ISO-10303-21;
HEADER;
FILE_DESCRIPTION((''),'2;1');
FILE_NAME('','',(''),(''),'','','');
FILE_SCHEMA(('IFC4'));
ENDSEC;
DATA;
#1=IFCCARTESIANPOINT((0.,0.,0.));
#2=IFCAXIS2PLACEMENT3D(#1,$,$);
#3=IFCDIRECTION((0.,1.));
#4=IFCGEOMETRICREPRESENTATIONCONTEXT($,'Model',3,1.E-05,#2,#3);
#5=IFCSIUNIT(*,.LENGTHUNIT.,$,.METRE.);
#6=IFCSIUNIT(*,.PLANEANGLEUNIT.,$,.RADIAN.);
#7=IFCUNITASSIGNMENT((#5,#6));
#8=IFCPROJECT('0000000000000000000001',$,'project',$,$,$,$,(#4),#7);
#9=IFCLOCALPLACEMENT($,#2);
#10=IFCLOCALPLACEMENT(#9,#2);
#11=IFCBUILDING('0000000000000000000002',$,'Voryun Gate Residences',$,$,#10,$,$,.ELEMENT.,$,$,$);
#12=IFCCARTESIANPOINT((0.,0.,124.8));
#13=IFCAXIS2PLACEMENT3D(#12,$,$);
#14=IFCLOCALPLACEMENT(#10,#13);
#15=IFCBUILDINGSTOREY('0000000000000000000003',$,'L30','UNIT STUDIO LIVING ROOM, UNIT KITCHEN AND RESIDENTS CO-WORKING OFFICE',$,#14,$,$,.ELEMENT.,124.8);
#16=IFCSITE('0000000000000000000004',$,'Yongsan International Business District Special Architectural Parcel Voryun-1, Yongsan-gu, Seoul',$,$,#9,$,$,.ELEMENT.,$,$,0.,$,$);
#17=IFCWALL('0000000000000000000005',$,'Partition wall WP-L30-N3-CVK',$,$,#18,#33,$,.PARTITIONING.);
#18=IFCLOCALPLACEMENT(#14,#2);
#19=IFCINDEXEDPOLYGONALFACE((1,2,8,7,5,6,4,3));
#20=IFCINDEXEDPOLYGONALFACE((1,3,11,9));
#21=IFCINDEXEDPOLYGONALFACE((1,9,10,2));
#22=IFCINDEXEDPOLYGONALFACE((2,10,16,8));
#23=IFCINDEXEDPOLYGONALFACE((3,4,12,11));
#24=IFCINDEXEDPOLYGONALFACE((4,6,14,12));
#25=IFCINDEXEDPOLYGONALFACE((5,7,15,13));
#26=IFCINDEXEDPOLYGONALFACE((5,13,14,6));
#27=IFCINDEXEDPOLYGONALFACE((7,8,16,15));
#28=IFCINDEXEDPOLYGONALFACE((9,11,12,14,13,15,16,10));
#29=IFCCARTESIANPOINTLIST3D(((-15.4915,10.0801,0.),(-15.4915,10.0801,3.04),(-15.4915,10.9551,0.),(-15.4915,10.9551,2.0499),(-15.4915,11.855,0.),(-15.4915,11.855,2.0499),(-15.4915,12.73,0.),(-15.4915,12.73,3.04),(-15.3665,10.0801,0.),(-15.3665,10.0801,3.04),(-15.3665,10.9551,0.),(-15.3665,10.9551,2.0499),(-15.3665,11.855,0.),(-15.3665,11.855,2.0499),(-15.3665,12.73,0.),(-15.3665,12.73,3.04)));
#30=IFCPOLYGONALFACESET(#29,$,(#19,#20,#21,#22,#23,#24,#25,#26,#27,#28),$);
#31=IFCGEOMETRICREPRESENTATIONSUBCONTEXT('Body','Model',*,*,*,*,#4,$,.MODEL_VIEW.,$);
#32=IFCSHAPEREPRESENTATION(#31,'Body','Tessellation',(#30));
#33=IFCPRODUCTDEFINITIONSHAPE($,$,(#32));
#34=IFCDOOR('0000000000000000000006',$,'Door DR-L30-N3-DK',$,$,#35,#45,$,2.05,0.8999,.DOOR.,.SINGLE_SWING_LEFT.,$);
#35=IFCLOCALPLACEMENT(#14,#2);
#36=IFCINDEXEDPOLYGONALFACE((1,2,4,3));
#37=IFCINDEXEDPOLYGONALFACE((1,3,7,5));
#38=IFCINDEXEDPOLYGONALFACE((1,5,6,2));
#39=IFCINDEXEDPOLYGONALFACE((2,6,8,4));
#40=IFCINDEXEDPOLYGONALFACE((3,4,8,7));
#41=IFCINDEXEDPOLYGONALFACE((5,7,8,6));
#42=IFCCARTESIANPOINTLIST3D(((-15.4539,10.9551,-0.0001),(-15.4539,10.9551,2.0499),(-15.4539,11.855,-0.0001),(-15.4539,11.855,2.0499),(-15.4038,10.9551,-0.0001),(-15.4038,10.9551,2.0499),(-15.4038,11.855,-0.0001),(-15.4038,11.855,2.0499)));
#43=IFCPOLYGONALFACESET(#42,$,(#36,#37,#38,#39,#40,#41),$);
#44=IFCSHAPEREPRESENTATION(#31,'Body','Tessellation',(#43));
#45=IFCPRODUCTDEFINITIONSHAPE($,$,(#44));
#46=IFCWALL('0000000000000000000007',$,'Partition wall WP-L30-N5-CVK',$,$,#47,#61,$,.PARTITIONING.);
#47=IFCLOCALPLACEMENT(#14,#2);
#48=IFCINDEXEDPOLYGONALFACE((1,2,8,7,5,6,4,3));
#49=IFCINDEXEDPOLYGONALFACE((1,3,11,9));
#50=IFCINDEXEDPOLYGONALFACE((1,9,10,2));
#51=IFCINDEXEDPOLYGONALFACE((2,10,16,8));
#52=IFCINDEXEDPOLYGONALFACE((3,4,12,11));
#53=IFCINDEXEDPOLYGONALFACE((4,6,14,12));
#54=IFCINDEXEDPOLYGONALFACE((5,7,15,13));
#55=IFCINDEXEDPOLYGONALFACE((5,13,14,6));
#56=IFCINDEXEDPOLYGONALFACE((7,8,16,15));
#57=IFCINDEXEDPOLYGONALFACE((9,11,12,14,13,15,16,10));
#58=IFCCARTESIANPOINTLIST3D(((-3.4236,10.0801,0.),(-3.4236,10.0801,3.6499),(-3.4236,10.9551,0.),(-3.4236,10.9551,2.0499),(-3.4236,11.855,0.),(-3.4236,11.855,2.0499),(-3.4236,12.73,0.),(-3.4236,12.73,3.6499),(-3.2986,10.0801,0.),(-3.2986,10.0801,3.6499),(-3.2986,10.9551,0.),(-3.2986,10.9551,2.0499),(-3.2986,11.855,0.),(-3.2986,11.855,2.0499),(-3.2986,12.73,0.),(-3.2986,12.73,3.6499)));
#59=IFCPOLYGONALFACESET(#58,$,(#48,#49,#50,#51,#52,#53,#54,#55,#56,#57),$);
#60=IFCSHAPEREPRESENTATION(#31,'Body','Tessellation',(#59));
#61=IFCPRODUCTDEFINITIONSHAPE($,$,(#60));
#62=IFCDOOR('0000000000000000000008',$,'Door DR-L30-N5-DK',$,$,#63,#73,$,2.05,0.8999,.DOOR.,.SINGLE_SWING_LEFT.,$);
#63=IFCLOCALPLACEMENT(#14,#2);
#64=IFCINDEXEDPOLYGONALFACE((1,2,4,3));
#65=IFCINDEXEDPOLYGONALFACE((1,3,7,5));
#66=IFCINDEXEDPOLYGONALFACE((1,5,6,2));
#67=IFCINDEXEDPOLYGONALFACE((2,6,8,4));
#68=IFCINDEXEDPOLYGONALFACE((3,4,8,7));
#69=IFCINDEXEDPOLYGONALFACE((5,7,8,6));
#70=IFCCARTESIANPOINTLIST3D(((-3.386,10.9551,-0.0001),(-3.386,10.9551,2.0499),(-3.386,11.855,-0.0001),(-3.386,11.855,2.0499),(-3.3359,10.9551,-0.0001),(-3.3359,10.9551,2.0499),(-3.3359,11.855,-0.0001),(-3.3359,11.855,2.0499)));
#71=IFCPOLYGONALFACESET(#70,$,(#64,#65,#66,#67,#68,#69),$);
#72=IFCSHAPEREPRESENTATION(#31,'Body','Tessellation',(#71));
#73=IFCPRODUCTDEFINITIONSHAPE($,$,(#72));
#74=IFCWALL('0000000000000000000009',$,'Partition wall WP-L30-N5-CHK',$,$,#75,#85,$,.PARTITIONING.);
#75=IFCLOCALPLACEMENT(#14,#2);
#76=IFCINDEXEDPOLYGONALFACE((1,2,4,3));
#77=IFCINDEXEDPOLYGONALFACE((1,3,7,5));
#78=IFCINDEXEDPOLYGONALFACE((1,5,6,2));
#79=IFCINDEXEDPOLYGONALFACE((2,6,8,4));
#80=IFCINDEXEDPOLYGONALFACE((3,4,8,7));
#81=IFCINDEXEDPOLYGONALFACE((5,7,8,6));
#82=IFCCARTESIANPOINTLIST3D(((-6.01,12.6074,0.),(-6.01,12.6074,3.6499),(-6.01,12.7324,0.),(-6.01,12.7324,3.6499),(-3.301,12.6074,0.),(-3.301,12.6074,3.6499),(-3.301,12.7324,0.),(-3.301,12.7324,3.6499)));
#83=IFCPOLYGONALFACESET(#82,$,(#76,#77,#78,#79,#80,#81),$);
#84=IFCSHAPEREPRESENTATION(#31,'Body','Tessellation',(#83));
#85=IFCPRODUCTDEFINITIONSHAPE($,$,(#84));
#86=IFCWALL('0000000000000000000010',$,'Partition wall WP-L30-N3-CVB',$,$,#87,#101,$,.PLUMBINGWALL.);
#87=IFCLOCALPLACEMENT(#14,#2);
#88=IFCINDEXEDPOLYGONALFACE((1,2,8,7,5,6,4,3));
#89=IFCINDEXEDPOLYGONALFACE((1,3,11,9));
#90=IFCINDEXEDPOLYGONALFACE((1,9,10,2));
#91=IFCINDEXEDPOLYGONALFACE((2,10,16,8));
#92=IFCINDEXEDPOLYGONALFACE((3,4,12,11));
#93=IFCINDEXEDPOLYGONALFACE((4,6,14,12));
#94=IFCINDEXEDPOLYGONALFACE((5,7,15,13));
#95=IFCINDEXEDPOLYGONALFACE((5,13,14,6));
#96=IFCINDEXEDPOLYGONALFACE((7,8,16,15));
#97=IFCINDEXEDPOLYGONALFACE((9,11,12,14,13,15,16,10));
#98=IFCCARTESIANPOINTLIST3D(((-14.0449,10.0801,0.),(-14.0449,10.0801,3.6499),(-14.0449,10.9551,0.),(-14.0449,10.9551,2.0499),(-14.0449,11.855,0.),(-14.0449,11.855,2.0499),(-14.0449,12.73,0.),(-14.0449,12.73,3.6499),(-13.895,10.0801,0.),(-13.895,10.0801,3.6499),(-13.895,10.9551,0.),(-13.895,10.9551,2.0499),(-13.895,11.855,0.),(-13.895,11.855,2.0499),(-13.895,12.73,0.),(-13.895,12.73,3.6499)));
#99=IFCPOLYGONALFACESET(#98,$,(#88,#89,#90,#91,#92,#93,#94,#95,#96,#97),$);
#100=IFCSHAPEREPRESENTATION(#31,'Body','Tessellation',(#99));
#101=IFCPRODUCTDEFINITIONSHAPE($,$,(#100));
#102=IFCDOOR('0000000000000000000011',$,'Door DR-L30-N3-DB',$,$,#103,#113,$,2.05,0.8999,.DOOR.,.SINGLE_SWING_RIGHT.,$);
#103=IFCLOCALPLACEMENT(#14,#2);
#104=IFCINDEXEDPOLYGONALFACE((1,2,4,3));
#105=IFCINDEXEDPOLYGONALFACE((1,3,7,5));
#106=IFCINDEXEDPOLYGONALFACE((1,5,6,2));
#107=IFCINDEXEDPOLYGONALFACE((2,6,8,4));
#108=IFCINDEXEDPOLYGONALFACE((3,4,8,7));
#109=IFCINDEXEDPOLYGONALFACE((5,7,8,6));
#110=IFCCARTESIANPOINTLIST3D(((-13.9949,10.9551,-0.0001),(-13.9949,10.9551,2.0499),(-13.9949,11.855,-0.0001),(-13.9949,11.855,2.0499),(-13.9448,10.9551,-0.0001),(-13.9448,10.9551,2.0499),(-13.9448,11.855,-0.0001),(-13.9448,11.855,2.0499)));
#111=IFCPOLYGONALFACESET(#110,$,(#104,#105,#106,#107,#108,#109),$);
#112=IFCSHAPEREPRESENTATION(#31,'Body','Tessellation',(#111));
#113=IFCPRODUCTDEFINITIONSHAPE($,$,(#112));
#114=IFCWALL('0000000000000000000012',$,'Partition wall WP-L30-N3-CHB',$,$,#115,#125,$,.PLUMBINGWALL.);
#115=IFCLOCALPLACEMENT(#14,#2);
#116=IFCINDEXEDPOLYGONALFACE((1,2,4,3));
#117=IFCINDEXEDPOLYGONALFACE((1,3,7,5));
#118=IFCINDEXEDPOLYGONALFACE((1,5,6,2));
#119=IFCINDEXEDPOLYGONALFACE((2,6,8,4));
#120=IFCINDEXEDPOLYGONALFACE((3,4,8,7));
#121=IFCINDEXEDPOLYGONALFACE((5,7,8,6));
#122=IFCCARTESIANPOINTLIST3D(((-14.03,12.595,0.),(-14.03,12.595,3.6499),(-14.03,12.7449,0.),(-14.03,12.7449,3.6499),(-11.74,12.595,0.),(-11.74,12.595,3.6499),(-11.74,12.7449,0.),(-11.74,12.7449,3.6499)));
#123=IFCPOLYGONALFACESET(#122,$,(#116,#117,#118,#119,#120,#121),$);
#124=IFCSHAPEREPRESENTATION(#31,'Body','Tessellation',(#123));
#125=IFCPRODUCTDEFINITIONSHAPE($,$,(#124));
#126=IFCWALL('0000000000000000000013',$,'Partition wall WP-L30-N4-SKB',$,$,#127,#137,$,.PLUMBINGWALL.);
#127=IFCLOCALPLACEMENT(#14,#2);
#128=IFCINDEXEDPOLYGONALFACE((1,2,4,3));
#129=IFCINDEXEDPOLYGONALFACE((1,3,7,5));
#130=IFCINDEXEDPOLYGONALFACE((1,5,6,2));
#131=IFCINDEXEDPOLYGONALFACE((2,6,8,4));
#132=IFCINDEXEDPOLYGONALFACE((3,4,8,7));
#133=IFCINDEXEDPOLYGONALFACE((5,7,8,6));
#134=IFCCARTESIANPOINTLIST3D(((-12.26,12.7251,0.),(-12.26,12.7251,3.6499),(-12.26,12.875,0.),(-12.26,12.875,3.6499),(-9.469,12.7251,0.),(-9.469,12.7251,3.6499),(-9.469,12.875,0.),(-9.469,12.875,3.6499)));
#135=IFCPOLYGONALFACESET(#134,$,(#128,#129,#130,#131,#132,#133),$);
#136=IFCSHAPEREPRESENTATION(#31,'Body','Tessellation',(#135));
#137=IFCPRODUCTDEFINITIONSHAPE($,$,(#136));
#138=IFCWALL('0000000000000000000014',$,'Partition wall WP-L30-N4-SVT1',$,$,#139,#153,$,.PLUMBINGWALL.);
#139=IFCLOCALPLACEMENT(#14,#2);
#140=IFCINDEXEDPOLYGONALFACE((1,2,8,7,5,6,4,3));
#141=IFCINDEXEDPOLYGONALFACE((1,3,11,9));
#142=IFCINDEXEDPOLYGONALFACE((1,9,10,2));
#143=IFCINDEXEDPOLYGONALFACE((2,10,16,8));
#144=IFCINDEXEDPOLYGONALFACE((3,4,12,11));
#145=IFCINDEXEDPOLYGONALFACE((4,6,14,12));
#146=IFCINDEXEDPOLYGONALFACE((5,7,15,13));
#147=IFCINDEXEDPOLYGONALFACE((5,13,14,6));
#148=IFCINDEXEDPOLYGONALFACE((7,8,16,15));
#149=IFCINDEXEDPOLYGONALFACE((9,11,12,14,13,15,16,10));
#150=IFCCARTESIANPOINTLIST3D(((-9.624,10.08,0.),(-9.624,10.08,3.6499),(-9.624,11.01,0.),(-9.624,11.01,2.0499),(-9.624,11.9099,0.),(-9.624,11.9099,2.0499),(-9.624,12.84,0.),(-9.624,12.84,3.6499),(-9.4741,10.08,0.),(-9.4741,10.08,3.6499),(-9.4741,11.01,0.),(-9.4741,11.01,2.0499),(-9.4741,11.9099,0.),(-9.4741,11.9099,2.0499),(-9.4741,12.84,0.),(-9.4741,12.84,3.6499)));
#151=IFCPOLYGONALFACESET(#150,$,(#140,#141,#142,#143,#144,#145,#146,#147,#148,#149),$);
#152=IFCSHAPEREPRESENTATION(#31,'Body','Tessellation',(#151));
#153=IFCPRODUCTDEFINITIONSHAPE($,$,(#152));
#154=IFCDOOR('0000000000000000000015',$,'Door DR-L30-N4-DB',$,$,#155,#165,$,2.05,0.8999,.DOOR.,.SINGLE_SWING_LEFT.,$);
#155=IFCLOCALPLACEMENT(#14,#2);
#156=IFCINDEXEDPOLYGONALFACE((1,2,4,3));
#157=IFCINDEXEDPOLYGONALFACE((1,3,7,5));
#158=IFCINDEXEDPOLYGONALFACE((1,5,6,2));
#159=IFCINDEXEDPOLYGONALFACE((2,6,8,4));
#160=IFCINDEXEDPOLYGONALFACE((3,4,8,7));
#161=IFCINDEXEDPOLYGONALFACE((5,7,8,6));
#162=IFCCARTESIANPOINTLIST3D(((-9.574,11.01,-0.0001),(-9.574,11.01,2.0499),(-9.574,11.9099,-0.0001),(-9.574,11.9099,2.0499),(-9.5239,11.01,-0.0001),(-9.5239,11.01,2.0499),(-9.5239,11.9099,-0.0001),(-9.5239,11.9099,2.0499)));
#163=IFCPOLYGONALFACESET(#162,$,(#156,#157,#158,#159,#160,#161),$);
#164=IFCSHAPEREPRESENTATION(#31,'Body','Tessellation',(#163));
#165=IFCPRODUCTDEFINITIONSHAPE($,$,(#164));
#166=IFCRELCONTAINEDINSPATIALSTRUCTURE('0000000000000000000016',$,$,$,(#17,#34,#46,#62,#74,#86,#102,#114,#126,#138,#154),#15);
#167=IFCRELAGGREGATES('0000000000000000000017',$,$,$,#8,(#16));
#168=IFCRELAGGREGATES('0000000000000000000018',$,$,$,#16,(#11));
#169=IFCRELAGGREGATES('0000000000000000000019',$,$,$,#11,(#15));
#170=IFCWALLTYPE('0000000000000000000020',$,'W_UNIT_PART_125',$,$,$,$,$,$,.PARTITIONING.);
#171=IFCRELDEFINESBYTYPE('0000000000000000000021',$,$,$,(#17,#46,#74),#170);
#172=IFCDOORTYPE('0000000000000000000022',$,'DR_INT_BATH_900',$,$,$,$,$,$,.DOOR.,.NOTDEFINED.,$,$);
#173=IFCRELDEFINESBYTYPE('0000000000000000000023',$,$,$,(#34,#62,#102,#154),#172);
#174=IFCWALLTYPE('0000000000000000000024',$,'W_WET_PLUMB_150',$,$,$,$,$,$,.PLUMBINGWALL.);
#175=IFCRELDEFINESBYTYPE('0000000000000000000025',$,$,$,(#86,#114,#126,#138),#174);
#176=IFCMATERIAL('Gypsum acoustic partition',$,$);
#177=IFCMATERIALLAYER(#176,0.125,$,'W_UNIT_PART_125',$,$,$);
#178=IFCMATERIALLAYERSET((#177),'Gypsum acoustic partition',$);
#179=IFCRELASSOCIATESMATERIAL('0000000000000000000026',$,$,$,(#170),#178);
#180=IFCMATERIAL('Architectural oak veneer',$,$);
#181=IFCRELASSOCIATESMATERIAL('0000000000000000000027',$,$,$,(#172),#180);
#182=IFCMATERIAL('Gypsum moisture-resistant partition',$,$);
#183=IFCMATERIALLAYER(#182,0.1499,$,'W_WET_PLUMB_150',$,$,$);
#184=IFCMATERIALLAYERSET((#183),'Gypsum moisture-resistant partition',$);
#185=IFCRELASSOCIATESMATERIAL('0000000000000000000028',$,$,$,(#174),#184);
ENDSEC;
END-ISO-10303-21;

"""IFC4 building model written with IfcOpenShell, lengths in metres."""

from ifc_helpers import new_model, si_unit, direction, frame, frame_2d, origin, place, context, subcontext, project, spatial, rectangle, extrude, material, layer, layer_set, type_object, element, fill, save


model = new_model("IFC4")

# Units and contexts
model_context = context("Model", 3, precision=1e-05, world=origin(), true_north=direction((0.0, 1.0)))
body_context = subcontext(model_context, "Body", "Model", "MODEL_VIEW")
ifc_project = project(units=[si_unit("LENGTHUNIT", "METRE"), si_unit("PLANEANGLEUNIT", "RADIAN")], contexts=[model_context])

# Site, building, storey
site_placement = place(None, origin())
site = spatial("IfcSite", under=ifc_project, at=site_placement, Name="Yongsan International Business District Special Architectural Parcel Voryun-1, Yongsan-gu, Seoul", CompositionType="ELEMENT", RefElevation=0.0)
building_placement = place(site_placement, origin())
building = spatial("IfcBuilding", under=site, at=building_placement, Name="Voryun Gate Residences", CompositionType="ELEMENT")
storey_placement = place(building_placement, frame((0.0, 0.0, 124.8)))
storey = spatial("IfcBuildingStorey", under=building, at=storey_placement, Name="L30", Description="UNIT STUDIO LIVING ROOM, UNIT KITCHEN AND RESIDENTS CO-WORKING OFFICE", CompositionType="ELEMENT", Elevation=124.8)

# Walls, openings, doors
ifc_material_1 = material(Name="Gypsum acoustic partition")
ifc_layer_1 = layer(ifc_material_1, 0.125, Name="W_UNIT_PART_125")
ifc_layer_set_1 = layer_set([ifc_layer_1], Name="Gypsum acoustic partition")
wall_type_1 = type_object("IfcWallType", Name="W_UNIT_PART_125", PredefinedType="PARTITIONING", material=ifc_layer_set_1)
wall_1_placement = place(storey_placement, frame((-15.429, 10.0801, 0.0), z_axis=(0.0, 0.0, 1.0), x_axis=(0.0, 1.0, 0.0)))
wall_1 = element("IfcWall", 1, at=wall_1_placement, inside=storey, type_object=wall_type_1, Name="Partition wall WP-L30-N3-CVK", PredefinedType="PARTITIONING", context=body_context, shape_type="SweptSolid", body=[
    extrude(rectangle(XDim=2.6499, YDim=0.125, at=frame_2d((1.325, 0.0))), origin(), (0.0, 0.0, 1.0), 3.04),
])
opening_1_placement = place(wall_1_placement, frame((0.875, 0.0, 0.0)))
opening_1 = element("IfcOpeningElement", 2, at=opening_1_placement, cuts=wall_1, PredefinedType="OPENING", context=body_context, shape_type="SweptSolid", body=[
    extrude(rectangle(XDim=0.8999, YDim=2.05, at=frame_2d((0.45, 1.0249))), frame((0.0, 0.0725, 0.0), z_axis=(0.0, -1.0, 0.0), x_axis=(1.0, 0.0, 0.0)), (0.0, 0.0, 1.0), 0.145),
])
ifc_material_2 = material(Name="Architectural oak veneer")
door_type_1 = type_object("IfcDoorType", Name="DR_INT_BATH_900", OperationType="NOTDEFINED", PredefinedType="DOOR", material=ifc_material_2)
door_1_placement = place(opening_1_placement, origin())
door_1 = element("IfcDoor", 3, at=door_1_placement, inside=storey, type_object=door_type_1, Name="Door DR-L30-N3-DK", OperationType="SINGLE_SWING_LEFT", OverallHeight=2.05, OverallWidth=0.8999, PredefinedType="DOOR", context=body_context, shape_type="SweptSolid", body=[
    extrude(rectangle(XDim=0.8999, YDim=2.05, at=frame_2d((0.45, 1.0249))), frame((0.0, 0.0249, 0.0), z_axis=(0.0, -1.0, 0.0), x_axis=(1.0, 0.0, 0.0)), (0.0, 0.0, 1.0), 0.05),
])
fill(opening_1, door_1)
wall_2_placement = place(storey_placement, frame((-3.3611, 10.0801, 0.0), z_axis=(0.0, 0.0, 1.0), x_axis=(0.0, 1.0, 0.0)))
wall_2 = element("IfcWall", 4, at=wall_2_placement, inside=storey, type_object=wall_type_1, Name="Partition wall WP-L30-N5-CVK", PredefinedType="PARTITIONING", context=body_context, shape_type="SweptSolid", body=[
    extrude(rectangle(XDim=2.6499, YDim=0.125, at=frame_2d((1.325, 0.0))), origin(), (0.0, 0.0, 1.0), 3.6499),
])
opening_2_placement = place(wall_2_placement, frame((0.875, 0.0, 0.0)))
opening_2 = element("IfcOpeningElement", 5, at=opening_2_placement, cuts=wall_2, PredefinedType="OPENING", context=body_context, shape_type="SweptSolid", body=[
    extrude(rectangle(XDim=0.8999, YDim=2.05, at=frame_2d((0.45, 1.0249))), frame((0.0, 0.0725, 0.0), z_axis=(0.0, -1.0, 0.0), x_axis=(1.0, 0.0, 0.0)), (0.0, 0.0, 1.0), 0.145),
])
door_2_placement = place(opening_2_placement, origin())
door_2 = element("IfcDoor", 6, at=door_2_placement, inside=storey, type_object=door_type_1, Name="Door DR-L30-N5-DK", OperationType="SINGLE_SWING_LEFT", OverallHeight=2.05, OverallWidth=0.8999, PredefinedType="DOOR", context=body_context, shape_type="SweptSolid", body=[
    extrude(rectangle(XDim=0.8999, YDim=2.05, at=frame_2d((0.45, 1.0249))), frame((0.0, 0.0249, 0.0), z_axis=(0.0, -1.0, 0.0), x_axis=(1.0, 0.0, 0.0)), (0.0, 0.0, 1.0), 0.05),
])
fill(opening_2, door_2)

# Wall
wall_3_placement = place(storey_placement, frame((-6.01, 12.6699, 0.0), z_axis=(0.0, 0.0, 1.0), x_axis=(1.0, 0.0, 0.0)))
element("IfcWall", 7, at=wall_3_placement, inside=storey, type_object=wall_type_1, Name="Partition wall WP-L30-N5-CHK", PredefinedType="PARTITIONING", context=body_context, shape_type="SweptSolid", body=[
    extrude(rectangle(XDim=2.709, YDim=0.125, at=frame_2d((1.3545, 0.0))), origin(), (0.0, 0.0, 1.0), 3.6499),
])

# Wall, opening, door
ifc_material_3 = material(Name="Gypsum moisture-resistant partition")
ifc_layer_2 = layer(ifc_material_3, 0.1499, Name="W_WET_PLUMB_150")
ifc_layer_set_2 = layer_set([ifc_layer_2], Name="Gypsum moisture-resistant partition")
wall_type_2 = type_object("IfcWallType", Name="W_WET_PLUMB_150", PredefinedType="PLUMBINGWALL", material=ifc_layer_set_2)
wall_4_placement = place(storey_placement, frame((-13.97, 10.0801, 0.0), z_axis=(0.0, 0.0, 1.0), x_axis=(0.0, 1.0, 0.0)))
wall_4 = element("IfcWall", 8, at=wall_4_placement, inside=storey, type_object=wall_type_2, Name="Partition wall WP-L30-N3-CVB", PredefinedType="PLUMBINGWALL", context=body_context, shape_type="SweptSolid", body=[
    extrude(rectangle(XDim=2.6499, YDim=0.1499, at=frame_2d((1.325, 0.0))), origin(), (0.0, 0.0, 1.0), 3.6499),
])
opening_3_placement = place(wall_4_placement, frame((0.875, 0.0, 0.0)))
opening_3 = element("IfcOpeningElement", 9, at=opening_3_placement, cuts=wall_4, PredefinedType="OPENING", context=body_context, shape_type="SweptSolid", body=[
    extrude(rectangle(XDim=0.8999, YDim=2.05, at=frame_2d((0.45, 1.0249))), frame((0.0, 0.085, 0.0), z_axis=(0.0, -1.0, 0.0), x_axis=(1.0, 0.0, 0.0)), (0.0, 0.0, 1.0), 0.1699),
])
door_3_placement = place(opening_3_placement, origin())
door_3 = element("IfcDoor", 10, at=door_3_placement, inside=storey, type_object=door_type_1, Name="Door DR-L30-N3-DB", OperationType="SINGLE_SWING_RIGHT", OverallHeight=2.05, OverallWidth=0.8999, PredefinedType="DOOR", context=body_context, shape_type="SweptSolid", body=[
    extrude(rectangle(XDim=0.8999, YDim=2.05, at=frame_2d((0.45, 1.0249))), frame((0.0, 0.0249, 0.0), z_axis=(0.0, -1.0, 0.0), x_axis=(1.0, 0.0, 0.0)), (0.0, 0.0, 1.0), 0.05),
])
fill(opening_3, door_3)

# Walls
wall_5_placement = place(storey_placement, frame((-14.03, 12.6699, 0.0), z_axis=(0.0, 0.0, 1.0), x_axis=(1.0, 0.0, 0.0)))
element("IfcWall", 11, at=wall_5_placement, inside=storey, type_object=wall_type_2, Name="Partition wall WP-L30-N3-CHB", PredefinedType="PLUMBINGWALL", context=body_context, shape_type="SweptSolid", body=[
    extrude(rectangle(XDim=2.29, YDim=0.1499, at=frame_2d((1.145, 0.0))), origin(), (0.0, 0.0, 1.0), 3.6499),
])
wall_6_placement = place(storey_placement, frame((-12.26, 12.8, 0.0), z_axis=(0.0, 0.0, 1.0), x_axis=(1.0, 0.0, 0.0)))
element("IfcWall", 12, at=wall_6_placement, inside=storey, type_object=wall_type_2, Name="Partition wall WP-L30-N4-SKB", PredefinedType="PLUMBINGWALL", context=body_context, shape_type="SweptSolid", body=[
    extrude(rectangle(XDim=2.791, YDim=0.1499, at=frame_2d((1.3955, 0.0))), origin(), (0.0, 0.0, 1.0), 3.6499),
])

# Wall, opening, door
wall_7_placement = place(storey_placement, frame((-9.5491, 10.0801, 0.0), z_axis=(0.0, 0.0, 1.0), x_axis=(0.0, 1.0, 0.0)))
wall_7 = element("IfcWall", 13, at=wall_7_placement, inside=storey, type_object=wall_type_2, Name="Partition wall WP-L30-N4-SVT1", PredefinedType="PLUMBINGWALL", context=body_context, shape_type="SweptSolid", body=[
    extrude(rectangle(XDim=2.76, YDim=0.1499, at=frame_2d((1.3799, 0.0))), origin(), (0.0, 0.0, 1.0), 3.6499),
])
opening_4_placement = place(wall_7_placement, frame((0.9299, 0.0, 0.0)))
opening_4 = element("IfcOpeningElement", 14, at=opening_4_placement, cuts=wall_7, PredefinedType="OPENING", context=body_context, shape_type="SweptSolid", body=[
    extrude(rectangle(XDim=0.8999, YDim=2.05, at=frame_2d((0.45, 1.0249))), frame((0.0, 0.085, 0.0), z_axis=(0.0, -1.0, 0.0), x_axis=(1.0, 0.0, 0.0)), (0.0, 0.0, 1.0), 0.1699),
])
door_4_placement = place(opening_4_placement, origin())
door_4 = element("IfcDoor", 15, at=door_4_placement, inside=storey, type_object=door_type_1, Name="Door DR-L30-N4-DB", OperationType="SINGLE_SWING_LEFT", OverallHeight=2.05, OverallWidth=0.8999, PredefinedType="DOOR", context=body_context, shape_type="SweptSolid", body=[
    extrude(rectangle(XDim=0.8999, YDim=2.05, at=frame_2d((0.45, 1.0249))), frame((0.0, 0.0249, 0.0), z_axis=(0.0, -1.0, 0.0), x_axis=(1.0, 0.0, 0.0)), (0.0, 0.0, 1.0), 0.05),
])
fill(opening_4, door_4)

save(model, "model.ifc")
